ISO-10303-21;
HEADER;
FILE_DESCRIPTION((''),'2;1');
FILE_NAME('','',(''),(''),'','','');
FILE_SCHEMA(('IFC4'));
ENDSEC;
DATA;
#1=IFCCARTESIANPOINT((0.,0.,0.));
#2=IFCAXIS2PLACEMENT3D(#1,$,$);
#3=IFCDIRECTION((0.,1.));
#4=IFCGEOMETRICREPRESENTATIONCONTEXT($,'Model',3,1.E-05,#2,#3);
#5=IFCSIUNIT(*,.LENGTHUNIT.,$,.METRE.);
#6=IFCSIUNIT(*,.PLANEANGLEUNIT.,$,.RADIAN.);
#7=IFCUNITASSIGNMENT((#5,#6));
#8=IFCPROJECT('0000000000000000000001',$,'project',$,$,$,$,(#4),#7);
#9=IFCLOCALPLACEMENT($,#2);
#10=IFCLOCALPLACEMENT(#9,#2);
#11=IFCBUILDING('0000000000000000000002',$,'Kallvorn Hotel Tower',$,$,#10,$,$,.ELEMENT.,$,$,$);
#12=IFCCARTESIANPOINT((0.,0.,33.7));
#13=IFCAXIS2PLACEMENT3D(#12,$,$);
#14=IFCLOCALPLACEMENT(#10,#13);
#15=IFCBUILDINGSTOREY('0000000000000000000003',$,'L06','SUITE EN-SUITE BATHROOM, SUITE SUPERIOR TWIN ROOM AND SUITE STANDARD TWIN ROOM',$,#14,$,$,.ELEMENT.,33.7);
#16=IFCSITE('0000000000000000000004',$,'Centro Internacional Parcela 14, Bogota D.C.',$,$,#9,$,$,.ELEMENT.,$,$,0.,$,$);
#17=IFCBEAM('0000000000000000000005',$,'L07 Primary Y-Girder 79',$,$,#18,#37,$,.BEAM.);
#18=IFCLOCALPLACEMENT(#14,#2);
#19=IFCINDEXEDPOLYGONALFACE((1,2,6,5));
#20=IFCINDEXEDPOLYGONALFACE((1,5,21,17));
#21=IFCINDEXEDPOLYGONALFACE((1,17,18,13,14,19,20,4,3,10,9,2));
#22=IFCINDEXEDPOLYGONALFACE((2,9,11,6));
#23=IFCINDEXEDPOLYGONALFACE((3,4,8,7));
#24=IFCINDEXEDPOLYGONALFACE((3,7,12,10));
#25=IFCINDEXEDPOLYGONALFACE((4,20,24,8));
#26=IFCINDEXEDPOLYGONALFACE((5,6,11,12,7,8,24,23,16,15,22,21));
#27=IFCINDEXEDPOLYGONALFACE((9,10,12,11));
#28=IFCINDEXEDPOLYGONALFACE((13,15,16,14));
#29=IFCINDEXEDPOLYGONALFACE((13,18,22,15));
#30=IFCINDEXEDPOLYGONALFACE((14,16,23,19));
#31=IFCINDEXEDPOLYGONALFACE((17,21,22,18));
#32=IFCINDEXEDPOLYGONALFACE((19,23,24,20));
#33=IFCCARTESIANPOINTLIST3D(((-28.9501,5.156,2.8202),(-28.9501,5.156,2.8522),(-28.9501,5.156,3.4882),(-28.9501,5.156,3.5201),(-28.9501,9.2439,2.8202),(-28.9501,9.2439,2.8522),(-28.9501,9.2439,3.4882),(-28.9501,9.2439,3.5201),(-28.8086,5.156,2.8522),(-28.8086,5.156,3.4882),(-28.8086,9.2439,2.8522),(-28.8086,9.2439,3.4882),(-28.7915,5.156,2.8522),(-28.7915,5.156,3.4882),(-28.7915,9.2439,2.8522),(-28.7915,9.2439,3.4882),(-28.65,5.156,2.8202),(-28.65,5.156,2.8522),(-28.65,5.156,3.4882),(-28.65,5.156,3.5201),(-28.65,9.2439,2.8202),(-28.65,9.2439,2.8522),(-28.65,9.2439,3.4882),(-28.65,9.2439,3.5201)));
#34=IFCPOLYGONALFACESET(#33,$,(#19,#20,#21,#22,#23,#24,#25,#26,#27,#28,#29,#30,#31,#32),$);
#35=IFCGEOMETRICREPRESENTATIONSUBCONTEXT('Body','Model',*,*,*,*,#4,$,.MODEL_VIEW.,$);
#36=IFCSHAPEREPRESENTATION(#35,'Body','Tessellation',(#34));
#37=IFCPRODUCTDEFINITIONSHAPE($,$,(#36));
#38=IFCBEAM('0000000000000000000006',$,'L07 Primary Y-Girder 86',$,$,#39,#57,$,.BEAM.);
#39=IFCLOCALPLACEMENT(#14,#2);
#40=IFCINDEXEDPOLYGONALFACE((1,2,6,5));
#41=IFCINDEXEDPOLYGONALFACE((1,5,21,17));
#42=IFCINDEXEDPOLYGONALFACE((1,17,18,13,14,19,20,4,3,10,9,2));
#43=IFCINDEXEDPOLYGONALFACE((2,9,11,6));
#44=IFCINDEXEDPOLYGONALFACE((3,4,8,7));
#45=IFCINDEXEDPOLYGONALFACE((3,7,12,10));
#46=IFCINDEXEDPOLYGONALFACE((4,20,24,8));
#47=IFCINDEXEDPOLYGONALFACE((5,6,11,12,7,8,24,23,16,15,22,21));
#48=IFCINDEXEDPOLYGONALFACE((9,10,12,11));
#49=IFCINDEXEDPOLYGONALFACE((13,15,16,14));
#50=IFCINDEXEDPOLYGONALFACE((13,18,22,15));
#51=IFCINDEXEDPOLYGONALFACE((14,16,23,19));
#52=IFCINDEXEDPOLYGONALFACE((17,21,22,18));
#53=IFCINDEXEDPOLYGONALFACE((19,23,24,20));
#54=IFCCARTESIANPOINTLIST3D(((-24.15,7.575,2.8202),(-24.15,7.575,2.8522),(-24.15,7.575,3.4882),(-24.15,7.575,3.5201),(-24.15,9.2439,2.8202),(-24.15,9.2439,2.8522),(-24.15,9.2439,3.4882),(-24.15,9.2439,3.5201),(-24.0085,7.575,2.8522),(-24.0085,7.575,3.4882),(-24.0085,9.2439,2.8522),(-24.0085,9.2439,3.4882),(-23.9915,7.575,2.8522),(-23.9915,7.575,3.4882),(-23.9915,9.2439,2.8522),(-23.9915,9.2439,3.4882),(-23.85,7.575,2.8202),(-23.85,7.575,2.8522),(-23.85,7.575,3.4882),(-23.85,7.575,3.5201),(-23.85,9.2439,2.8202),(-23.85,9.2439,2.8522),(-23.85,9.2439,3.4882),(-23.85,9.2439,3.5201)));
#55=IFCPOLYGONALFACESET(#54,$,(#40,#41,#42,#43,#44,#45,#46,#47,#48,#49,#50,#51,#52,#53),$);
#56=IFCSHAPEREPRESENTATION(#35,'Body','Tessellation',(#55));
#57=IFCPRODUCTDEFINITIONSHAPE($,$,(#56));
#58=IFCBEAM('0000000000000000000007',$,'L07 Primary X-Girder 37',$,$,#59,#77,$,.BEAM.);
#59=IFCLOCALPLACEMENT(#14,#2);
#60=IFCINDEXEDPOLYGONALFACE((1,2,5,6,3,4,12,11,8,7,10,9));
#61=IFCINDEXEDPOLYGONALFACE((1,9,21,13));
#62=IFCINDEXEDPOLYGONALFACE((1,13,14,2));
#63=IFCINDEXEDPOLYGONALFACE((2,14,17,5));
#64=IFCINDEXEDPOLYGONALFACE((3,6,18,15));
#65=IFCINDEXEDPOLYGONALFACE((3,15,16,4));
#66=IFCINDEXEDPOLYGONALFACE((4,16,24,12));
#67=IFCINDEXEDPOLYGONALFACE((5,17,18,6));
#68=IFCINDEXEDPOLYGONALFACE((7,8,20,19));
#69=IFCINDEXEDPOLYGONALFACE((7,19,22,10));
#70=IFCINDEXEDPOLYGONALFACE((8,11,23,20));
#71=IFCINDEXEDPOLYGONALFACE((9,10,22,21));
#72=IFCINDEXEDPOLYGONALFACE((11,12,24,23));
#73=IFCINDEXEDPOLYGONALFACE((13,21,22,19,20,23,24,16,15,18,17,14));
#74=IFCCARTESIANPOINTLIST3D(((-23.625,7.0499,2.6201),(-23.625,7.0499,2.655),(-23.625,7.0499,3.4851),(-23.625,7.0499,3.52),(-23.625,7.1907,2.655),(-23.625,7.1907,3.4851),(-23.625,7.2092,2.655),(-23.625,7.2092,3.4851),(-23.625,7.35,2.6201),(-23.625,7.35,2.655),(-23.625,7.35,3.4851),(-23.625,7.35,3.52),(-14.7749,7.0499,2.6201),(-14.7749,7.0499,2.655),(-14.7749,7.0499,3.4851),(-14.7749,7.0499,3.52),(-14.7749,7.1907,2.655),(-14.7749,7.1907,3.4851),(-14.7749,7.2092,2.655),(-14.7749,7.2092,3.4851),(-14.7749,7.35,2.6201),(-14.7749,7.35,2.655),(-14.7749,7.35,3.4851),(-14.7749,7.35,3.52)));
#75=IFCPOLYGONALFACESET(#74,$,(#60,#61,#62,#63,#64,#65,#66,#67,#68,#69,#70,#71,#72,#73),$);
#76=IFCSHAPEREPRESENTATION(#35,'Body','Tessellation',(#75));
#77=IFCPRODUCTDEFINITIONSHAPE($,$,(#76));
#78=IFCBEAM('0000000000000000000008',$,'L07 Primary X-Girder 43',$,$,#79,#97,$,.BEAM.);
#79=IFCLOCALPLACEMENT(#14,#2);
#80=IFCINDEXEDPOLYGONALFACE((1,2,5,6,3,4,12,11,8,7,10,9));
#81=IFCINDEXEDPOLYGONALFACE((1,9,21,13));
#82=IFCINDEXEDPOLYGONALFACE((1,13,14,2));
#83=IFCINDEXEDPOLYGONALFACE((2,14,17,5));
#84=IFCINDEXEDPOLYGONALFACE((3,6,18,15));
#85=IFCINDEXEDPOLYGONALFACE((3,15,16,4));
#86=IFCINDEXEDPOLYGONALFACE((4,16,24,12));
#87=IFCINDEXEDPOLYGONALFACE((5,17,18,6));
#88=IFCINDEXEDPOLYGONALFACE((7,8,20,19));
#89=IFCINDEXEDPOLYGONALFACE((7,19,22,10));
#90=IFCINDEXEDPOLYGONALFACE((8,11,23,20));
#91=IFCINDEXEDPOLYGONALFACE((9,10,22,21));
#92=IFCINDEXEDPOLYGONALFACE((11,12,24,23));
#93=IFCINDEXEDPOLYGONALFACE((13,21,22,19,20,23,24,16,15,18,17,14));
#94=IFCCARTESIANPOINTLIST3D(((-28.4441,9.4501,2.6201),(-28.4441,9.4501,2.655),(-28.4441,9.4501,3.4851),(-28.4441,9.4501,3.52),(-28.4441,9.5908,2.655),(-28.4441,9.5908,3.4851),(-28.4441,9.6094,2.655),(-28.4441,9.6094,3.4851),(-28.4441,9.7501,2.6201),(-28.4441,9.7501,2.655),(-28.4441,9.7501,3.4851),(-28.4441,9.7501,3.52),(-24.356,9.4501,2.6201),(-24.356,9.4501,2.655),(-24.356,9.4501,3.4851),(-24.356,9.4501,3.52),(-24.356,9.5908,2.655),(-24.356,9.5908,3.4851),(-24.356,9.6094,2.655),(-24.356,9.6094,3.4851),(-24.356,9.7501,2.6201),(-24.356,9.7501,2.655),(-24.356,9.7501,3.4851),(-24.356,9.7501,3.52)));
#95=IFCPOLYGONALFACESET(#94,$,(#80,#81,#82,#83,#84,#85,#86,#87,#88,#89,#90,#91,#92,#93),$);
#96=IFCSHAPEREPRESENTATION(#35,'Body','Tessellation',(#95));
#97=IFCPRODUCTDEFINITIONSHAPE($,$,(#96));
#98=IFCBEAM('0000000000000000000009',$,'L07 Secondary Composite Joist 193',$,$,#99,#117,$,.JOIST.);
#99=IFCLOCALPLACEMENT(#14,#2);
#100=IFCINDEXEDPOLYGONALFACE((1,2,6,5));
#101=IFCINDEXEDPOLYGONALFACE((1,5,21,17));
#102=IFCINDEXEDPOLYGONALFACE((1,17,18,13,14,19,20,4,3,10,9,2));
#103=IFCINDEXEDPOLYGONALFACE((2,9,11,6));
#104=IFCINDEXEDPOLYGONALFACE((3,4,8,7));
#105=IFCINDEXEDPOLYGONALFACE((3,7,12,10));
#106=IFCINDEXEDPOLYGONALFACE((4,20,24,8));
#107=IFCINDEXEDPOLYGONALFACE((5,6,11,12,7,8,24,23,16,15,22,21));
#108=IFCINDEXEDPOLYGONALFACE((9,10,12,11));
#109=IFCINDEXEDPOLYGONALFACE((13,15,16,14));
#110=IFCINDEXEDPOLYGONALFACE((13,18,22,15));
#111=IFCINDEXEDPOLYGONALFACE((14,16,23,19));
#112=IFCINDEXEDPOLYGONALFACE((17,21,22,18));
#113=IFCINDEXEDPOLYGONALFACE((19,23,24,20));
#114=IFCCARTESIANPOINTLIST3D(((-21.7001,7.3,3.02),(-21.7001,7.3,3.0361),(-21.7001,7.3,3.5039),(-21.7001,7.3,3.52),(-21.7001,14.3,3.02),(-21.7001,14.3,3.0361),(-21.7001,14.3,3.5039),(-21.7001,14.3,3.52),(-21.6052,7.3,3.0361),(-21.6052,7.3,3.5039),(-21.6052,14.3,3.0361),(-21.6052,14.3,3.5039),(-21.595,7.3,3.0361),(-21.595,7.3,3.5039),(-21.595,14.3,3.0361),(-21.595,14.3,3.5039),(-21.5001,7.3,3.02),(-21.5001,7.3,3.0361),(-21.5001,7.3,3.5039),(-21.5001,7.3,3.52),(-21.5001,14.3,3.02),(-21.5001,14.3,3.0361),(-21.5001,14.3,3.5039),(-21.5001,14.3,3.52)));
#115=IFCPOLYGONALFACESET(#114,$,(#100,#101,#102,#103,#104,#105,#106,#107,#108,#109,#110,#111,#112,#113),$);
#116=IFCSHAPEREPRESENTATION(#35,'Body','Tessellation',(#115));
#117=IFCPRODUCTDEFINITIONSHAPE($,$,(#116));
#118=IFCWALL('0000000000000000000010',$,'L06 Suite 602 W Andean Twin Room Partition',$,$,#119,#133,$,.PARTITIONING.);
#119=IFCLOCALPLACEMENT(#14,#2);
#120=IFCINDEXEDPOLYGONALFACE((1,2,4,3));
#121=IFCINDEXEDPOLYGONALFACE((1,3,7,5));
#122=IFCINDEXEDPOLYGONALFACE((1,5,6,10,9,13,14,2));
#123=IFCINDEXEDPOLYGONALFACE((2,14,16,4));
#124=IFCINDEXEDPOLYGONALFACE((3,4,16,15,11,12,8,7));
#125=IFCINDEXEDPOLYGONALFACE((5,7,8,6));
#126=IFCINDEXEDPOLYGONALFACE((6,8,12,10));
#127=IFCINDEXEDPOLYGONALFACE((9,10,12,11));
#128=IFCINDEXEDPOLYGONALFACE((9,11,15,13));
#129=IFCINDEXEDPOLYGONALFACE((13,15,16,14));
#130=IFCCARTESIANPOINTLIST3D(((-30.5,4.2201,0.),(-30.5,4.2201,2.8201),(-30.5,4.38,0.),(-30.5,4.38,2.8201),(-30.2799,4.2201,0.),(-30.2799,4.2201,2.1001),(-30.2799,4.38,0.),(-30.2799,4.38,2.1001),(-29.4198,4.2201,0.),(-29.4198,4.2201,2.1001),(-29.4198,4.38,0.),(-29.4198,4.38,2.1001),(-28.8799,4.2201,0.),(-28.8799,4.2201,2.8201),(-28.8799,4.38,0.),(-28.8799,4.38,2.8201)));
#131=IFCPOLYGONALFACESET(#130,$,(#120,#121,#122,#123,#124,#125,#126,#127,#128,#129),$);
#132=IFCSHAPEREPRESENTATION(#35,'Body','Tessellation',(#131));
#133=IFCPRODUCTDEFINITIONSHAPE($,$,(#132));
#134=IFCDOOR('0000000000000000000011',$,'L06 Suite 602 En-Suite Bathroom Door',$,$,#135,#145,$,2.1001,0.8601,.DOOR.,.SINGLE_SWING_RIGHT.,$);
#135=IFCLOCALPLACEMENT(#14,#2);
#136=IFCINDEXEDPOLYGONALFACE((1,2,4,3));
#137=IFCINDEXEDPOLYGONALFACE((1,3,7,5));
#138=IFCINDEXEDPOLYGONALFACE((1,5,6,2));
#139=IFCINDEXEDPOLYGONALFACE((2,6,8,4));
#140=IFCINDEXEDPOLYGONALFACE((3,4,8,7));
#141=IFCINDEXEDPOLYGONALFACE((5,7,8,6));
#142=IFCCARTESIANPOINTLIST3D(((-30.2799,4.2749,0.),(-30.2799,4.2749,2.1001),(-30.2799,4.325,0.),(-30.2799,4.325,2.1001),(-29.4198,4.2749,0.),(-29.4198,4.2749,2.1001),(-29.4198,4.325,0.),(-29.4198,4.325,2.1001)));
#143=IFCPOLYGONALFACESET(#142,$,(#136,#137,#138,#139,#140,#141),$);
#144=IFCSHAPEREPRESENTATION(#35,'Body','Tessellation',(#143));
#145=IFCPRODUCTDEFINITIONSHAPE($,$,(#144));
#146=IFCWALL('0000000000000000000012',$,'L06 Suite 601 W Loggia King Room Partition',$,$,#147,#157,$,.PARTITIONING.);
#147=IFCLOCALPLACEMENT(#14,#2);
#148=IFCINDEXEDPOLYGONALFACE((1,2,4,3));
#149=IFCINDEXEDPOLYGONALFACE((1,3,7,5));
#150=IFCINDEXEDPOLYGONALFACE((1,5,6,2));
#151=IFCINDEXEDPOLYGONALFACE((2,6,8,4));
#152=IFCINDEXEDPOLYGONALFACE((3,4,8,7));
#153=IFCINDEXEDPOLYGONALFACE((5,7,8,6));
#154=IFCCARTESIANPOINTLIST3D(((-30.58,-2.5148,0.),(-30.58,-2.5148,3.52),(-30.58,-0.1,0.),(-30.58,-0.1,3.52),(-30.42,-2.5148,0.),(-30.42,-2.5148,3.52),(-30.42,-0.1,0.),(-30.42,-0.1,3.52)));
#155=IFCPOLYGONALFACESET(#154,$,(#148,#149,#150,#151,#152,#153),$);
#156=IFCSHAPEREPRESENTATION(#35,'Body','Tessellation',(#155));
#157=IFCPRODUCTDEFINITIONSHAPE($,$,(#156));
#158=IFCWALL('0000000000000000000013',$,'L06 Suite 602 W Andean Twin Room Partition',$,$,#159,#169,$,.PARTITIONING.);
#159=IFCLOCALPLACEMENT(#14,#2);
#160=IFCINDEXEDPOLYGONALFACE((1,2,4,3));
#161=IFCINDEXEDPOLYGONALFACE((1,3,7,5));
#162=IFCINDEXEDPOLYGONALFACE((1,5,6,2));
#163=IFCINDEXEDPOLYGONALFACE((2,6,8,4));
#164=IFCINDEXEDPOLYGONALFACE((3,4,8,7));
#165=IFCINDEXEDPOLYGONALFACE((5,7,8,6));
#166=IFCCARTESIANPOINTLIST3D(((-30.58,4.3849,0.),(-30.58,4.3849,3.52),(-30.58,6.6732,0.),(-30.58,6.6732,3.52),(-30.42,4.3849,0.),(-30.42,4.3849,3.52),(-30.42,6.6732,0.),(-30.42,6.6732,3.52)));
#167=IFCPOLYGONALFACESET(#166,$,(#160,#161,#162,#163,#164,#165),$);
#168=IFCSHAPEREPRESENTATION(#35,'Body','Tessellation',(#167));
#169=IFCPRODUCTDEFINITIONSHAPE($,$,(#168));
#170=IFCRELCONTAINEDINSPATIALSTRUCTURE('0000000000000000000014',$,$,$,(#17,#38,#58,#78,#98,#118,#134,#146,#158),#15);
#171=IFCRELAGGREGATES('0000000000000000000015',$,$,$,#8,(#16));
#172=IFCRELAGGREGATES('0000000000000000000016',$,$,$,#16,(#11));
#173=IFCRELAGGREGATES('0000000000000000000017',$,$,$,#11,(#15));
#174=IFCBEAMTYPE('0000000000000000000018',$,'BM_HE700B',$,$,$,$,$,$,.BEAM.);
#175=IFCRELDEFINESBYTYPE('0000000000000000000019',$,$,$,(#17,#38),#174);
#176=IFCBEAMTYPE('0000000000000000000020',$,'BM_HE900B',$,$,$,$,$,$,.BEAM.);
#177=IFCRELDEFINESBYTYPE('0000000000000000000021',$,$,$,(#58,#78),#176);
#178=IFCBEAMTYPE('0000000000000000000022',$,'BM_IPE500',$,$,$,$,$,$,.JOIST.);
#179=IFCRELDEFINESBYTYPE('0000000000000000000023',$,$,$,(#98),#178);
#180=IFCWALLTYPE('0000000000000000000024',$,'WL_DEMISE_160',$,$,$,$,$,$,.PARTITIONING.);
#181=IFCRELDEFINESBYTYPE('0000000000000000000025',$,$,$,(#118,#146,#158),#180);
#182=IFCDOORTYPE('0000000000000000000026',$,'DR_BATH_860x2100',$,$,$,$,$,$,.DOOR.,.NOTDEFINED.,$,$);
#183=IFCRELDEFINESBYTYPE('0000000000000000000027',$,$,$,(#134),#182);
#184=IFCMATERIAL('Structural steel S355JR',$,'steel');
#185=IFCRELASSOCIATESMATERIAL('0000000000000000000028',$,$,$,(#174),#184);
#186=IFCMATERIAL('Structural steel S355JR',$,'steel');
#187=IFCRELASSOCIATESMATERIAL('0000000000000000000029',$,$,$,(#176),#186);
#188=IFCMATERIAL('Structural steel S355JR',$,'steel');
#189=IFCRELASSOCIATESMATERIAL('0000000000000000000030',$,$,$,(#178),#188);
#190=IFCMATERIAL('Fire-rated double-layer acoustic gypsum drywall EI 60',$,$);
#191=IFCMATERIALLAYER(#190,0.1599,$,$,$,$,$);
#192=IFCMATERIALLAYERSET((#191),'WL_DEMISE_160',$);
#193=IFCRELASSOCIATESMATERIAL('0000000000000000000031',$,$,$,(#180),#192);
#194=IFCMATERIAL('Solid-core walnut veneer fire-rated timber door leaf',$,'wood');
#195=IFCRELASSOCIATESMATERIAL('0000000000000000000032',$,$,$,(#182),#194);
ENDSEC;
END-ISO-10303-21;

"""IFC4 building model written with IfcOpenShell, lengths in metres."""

from ifc_helpers import new_model, si_unit, direction, frame, frame_2d, origin, origin_2d, place, context, subcontext, project, spatial, rectangle, i_section, extrude, material, layer, layer_set, material_profile, profile_set, type_object, element, fill, save


model = new_model("IFC4")

# Units and contexts
model_context = context("Model", 3, precision=1e-05, world=origin(), true_north=direction((0.0, 1.0)))
body_context = subcontext(model_context, "Body", "Model", "MODEL_VIEW")
ifc_project = project(units=[si_unit("LENGTHUNIT", "METRE"), si_unit("PLANEANGLEUNIT", "RADIAN")], contexts=[model_context])

# Site, building, storey
site_placement = place(None, origin())
site = spatial("IfcSite", under=ifc_project, at=site_placement, Name="Centro Internacional Parcela 14, Bogota D.C.", CompositionType="ELEMENT", RefElevation=0.0)
building_placement = place(site_placement, origin())
building = spatial("IfcBuilding", under=site, at=building_placement, Name="Kallvorn Hotel Tower", CompositionType="ELEMENT")
storey_placement = place(building_placement, frame((0.0, 0.0, 33.7)))
storey = spatial("IfcBuildingStorey", under=building, at=storey_placement, Name="L06", Description="SUITE EN-SUITE BATHROOM, SUITE SUPERIOR TWIN ROOM AND SUITE STANDARD TWIN ROOM", CompositionType="ELEMENT", Elevation=33.7)

# Beams
ifc_material_1 = material(Name="Structural steel S355JR", Category="steel")
ifc_material_profile_1 = material_profile(ifc_material_1, i_section(OverallWidth=0.3, OverallDepth=0.7, WebThickness=0.0171, FlangeThickness=0.032, at=origin_2d()), Name="HE 700 B")
ifc_profile_set_1 = profile_set([ifc_material_profile_1], Name="Structural steel S355JR")
beam_type_1 = type_object("IfcBeamType", Name="BM_HE700B", PredefinedType="BEAM", material=ifc_profile_set_1)
beam_1_placement = place(storey_placement, frame((-28.8, 5.156, 3.1702), z_axis=(0.0, 1.0, 0.0), x_axis=(-1.0, 0.0, 0.0)))
element("IfcBeam", 1, at=beam_1_placement, inside=storey, type_object=beam_type_1, Name="L07 Primary Y-Girder 79", PredefinedType="BEAM", context=body_context, shape_type="SweptSolid", body=[
    extrude(i_section(OverallWidth=0.3, OverallDepth=0.7, WebThickness=0.0171, FlangeThickness=0.032, at=origin_2d()), origin(), (0.0, 0.0, 1.0), 4.0879),
])
beam_2_placement = place(storey_placement, frame((-24.0, 7.575, 3.1702), z_axis=(0.0, 1.0, 0.0), x_axis=(-1.0, 0.0, 0.0)))
element("IfcBeam", 2, at=beam_2_placement, inside=storey, type_object=beam_type_1, Name="L07 Primary Y-Girder 86", PredefinedType="BEAM", context=body_context, shape_type="SweptSolid", body=[
    extrude(i_section(OverallWidth=0.3, OverallDepth=0.7, WebThickness=0.0171, FlangeThickness=0.032, at=origin_2d()), origin(), (0.0, 0.0, 1.0), 1.6689),
])
ifc_material_2 = material(Name="Structural steel S355JR", Category="steel")
ifc_material_profile_2 = material_profile(ifc_material_2, i_section(OverallWidth=0.3, OverallDepth=0.8999, WebThickness=0.0186, FlangeThickness=0.0349, at=origin_2d()), Name="HE 900 B")
ifc_profile_set_2 = profile_set([ifc_material_profile_2], Name="Structural steel S355JR")
beam_type_2 = type_object("IfcBeamType", Name="BM_HE900B", PredefinedType="BEAM", material=ifc_profile_set_2)
beam_3_placement = place(storey_placement, frame((-23.625, 7.2, 3.0701), z_axis=(1.0, 0.0, 0.0), x_axis=(0.0, 1.0, 0.0)))
element("IfcBeam", 3, at=beam_3_placement, inside=storey, type_object=beam_type_2, Name="L07 Primary X-Girder 37", PredefinedType="BEAM", context=body_context, shape_type="SweptSolid", body=[
    extrude(i_section(OverallWidth=0.3, OverallDepth=0.8999, WebThickness=0.0186, FlangeThickness=0.0349, at=origin_2d()), origin(), (0.0, 0.0, 1.0), 8.8501),
])
beam_4_placement = place(storey_placement, frame((-28.4441, 9.6001, 3.0701), z_axis=(1.0, 0.0, 0.0), x_axis=(0.0, 1.0, 0.0)))
element("IfcBeam", 4, at=beam_4_placement, inside=storey, type_object=beam_type_2, Name="L07 Primary X-Girder 43", PredefinedType="BEAM", context=body_context, shape_type="SweptSolid", body=[
    extrude(i_section(OverallWidth=0.3, OverallDepth=0.8999, WebThickness=0.0186, FlangeThickness=0.0349, at=origin_2d()), origin(), (0.0, 0.0, 1.0), 4.0881),
])
ifc_material_3 = material(Name="Structural steel S355JR", Category="steel")
ifc_material_profile_3 = material_profile(ifc_material_3, i_section(OverallWidth=0.2, OverallDepth=0.5, WebThickness=0.0103, FlangeThickness=0.0161, at=origin_2d()), Name="IPE 500")
ifc_profile_set_3 = profile_set([ifc_material_profile_3], Name="Structural steel S355JR")
beam_type_3 = type_object("IfcBeamType", Name="BM_IPE500", PredefinedType="JOIST", material=ifc_profile_set_3)
beam_5_placement = place(storey_placement, frame((-21.6001, 7.3, 3.27), z_axis=(0.0, 1.0, 0.0), x_axis=(-1.0, 0.0, 0.0)))
element("IfcBeam", 5, at=beam_5_placement, inside=storey, type_object=beam_type_3, Name="L07 Secondary Composite Joist 193", PredefinedType="JOIST", context=body_context, shape_type="SweptSolid", body=[
    extrude(i_section(OverallWidth=0.2, OverallDepth=0.5, WebThickness=0.0103, FlangeThickness=0.0161, at=origin_2d()), origin(), (0.0, 0.0, 1.0), 7.0),
])

# Wall, opening, door
ifc_material_4 = material(Name="Fire-rated double-layer acoustic gypsum drywall EI 60")
ifc_layer_1 = layer(ifc_material_4, 0.1599)
ifc_layer_set_1 = layer_set([ifc_layer_1], Name="WL_DEMISE_160")
wall_type_1 = type_object("IfcWallType", Name="WL_DEMISE_160", PredefinedType="PARTITIONING", material=ifc_layer_set_1)
wall_1_placement = place(storey_placement, frame((-30.5, 4.3, 0.0), z_axis=(0.0, 0.0, 1.0), x_axis=(1.0, 0.0, 0.0)))
wall_1 = element("IfcWall", 6, at=wall_1_placement, inside=storey, type_object=wall_type_1, Name="L06 Suite 602 W Andean Twin Room Partition", PredefinedType="PARTITIONING", context=body_context, shape_type="SweptSolid", body=[
    extrude(rectangle(XDim=1.6201, YDim=0.1599, at=frame_2d((0.8101, 0.0))), origin(), (0.0, 0.0, 1.0), 2.8201),
])
opening_placement = place(wall_1_placement, frame((0.22, 0.0, 0.0)))
opening = element("IfcOpeningElement", 7, at=opening_placement, cuts=wall_1, PredefinedType="OPENING", context=body_context, shape_type="SweptSolid", body=[
    extrude(rectangle(XDim=0.8601, YDim=2.1001, at=frame_2d((0.4302, 1.05))), frame((0.0, 0.095, 0.0), z_axis=(0.0, -1.0, 0.0), x_axis=(1.0, 0.0, 0.0)), (0.0, 0.0, 1.0), 0.1899),
])
ifc_material_5 = material(Name="Solid-core walnut veneer fire-rated timber door leaf", Category="wood")
door_type = type_object("IfcDoorType", Name="DR_BATH_860x2100", OperationType="NOTDEFINED", PredefinedType="DOOR", material=ifc_material_5)
door_placement = place(opening_placement, origin())
door = element("IfcDoor", 8, at=door_placement, inside=storey, type_object=door_type, Name="L06 Suite 602 En-Suite Bathroom Door", OperationType="SINGLE_SWING_RIGHT", OverallHeight=2.1001, OverallWidth=0.8601, PredefinedType="DOOR", context=body_context, shape_type="SweptSolid", body=[
    extrude(rectangle(XDim=0.8601, YDim=2.1001, at=frame_2d((0.4302, 1.05))), frame((0.0, 0.0249, 0.0), z_axis=(0.0, -1.0, 0.0), x_axis=(1.0, 0.0, 0.0)), (0.0, 0.0, 1.0), 0.05),
])
fill(opening, door)

# Walls
wall_2_placement = place(storey_placement, frame((-30.5, -2.5149, 0.0), z_axis=(0.0, 0.0, 1.0), x_axis=(0.0, 1.0, 0.0)))
element("IfcWall", 9, at=wall_2_placement, inside=storey, type_object=wall_type_1, Name="L06 Suite 601 W Loggia King Room Partition", PredefinedType="PARTITIONING", context=body_context, shape_type="SweptSolid", body=[
    extrude(rectangle(XDim=2.4148, YDim=0.1599, at=frame_2d((1.2075, 0.0))), origin(), (0.0, 0.0, 1.0), 3.52),
])
wall_3_placement = place(storey_placement, frame((-30.5, 4.385, 0.0), z_axis=(0.0, 0.0, 1.0), x_axis=(0.0, 1.0, 0.0)))
element("IfcWall", 10, at=wall_3_placement, inside=storey, type_object=wall_type_1, Name="L06 Suite 602 W Andean Twin Room Partition", PredefinedType="PARTITIONING", context=body_context, shape_type="SweptSolid", body=[
    extrude(rectangle(XDim=2.2883, YDim=0.1599, at=frame_2d((1.144, 0.0))), origin(), (0.0, 0.0, 1.0), 3.52),
])

save(model, "model.ifc")
